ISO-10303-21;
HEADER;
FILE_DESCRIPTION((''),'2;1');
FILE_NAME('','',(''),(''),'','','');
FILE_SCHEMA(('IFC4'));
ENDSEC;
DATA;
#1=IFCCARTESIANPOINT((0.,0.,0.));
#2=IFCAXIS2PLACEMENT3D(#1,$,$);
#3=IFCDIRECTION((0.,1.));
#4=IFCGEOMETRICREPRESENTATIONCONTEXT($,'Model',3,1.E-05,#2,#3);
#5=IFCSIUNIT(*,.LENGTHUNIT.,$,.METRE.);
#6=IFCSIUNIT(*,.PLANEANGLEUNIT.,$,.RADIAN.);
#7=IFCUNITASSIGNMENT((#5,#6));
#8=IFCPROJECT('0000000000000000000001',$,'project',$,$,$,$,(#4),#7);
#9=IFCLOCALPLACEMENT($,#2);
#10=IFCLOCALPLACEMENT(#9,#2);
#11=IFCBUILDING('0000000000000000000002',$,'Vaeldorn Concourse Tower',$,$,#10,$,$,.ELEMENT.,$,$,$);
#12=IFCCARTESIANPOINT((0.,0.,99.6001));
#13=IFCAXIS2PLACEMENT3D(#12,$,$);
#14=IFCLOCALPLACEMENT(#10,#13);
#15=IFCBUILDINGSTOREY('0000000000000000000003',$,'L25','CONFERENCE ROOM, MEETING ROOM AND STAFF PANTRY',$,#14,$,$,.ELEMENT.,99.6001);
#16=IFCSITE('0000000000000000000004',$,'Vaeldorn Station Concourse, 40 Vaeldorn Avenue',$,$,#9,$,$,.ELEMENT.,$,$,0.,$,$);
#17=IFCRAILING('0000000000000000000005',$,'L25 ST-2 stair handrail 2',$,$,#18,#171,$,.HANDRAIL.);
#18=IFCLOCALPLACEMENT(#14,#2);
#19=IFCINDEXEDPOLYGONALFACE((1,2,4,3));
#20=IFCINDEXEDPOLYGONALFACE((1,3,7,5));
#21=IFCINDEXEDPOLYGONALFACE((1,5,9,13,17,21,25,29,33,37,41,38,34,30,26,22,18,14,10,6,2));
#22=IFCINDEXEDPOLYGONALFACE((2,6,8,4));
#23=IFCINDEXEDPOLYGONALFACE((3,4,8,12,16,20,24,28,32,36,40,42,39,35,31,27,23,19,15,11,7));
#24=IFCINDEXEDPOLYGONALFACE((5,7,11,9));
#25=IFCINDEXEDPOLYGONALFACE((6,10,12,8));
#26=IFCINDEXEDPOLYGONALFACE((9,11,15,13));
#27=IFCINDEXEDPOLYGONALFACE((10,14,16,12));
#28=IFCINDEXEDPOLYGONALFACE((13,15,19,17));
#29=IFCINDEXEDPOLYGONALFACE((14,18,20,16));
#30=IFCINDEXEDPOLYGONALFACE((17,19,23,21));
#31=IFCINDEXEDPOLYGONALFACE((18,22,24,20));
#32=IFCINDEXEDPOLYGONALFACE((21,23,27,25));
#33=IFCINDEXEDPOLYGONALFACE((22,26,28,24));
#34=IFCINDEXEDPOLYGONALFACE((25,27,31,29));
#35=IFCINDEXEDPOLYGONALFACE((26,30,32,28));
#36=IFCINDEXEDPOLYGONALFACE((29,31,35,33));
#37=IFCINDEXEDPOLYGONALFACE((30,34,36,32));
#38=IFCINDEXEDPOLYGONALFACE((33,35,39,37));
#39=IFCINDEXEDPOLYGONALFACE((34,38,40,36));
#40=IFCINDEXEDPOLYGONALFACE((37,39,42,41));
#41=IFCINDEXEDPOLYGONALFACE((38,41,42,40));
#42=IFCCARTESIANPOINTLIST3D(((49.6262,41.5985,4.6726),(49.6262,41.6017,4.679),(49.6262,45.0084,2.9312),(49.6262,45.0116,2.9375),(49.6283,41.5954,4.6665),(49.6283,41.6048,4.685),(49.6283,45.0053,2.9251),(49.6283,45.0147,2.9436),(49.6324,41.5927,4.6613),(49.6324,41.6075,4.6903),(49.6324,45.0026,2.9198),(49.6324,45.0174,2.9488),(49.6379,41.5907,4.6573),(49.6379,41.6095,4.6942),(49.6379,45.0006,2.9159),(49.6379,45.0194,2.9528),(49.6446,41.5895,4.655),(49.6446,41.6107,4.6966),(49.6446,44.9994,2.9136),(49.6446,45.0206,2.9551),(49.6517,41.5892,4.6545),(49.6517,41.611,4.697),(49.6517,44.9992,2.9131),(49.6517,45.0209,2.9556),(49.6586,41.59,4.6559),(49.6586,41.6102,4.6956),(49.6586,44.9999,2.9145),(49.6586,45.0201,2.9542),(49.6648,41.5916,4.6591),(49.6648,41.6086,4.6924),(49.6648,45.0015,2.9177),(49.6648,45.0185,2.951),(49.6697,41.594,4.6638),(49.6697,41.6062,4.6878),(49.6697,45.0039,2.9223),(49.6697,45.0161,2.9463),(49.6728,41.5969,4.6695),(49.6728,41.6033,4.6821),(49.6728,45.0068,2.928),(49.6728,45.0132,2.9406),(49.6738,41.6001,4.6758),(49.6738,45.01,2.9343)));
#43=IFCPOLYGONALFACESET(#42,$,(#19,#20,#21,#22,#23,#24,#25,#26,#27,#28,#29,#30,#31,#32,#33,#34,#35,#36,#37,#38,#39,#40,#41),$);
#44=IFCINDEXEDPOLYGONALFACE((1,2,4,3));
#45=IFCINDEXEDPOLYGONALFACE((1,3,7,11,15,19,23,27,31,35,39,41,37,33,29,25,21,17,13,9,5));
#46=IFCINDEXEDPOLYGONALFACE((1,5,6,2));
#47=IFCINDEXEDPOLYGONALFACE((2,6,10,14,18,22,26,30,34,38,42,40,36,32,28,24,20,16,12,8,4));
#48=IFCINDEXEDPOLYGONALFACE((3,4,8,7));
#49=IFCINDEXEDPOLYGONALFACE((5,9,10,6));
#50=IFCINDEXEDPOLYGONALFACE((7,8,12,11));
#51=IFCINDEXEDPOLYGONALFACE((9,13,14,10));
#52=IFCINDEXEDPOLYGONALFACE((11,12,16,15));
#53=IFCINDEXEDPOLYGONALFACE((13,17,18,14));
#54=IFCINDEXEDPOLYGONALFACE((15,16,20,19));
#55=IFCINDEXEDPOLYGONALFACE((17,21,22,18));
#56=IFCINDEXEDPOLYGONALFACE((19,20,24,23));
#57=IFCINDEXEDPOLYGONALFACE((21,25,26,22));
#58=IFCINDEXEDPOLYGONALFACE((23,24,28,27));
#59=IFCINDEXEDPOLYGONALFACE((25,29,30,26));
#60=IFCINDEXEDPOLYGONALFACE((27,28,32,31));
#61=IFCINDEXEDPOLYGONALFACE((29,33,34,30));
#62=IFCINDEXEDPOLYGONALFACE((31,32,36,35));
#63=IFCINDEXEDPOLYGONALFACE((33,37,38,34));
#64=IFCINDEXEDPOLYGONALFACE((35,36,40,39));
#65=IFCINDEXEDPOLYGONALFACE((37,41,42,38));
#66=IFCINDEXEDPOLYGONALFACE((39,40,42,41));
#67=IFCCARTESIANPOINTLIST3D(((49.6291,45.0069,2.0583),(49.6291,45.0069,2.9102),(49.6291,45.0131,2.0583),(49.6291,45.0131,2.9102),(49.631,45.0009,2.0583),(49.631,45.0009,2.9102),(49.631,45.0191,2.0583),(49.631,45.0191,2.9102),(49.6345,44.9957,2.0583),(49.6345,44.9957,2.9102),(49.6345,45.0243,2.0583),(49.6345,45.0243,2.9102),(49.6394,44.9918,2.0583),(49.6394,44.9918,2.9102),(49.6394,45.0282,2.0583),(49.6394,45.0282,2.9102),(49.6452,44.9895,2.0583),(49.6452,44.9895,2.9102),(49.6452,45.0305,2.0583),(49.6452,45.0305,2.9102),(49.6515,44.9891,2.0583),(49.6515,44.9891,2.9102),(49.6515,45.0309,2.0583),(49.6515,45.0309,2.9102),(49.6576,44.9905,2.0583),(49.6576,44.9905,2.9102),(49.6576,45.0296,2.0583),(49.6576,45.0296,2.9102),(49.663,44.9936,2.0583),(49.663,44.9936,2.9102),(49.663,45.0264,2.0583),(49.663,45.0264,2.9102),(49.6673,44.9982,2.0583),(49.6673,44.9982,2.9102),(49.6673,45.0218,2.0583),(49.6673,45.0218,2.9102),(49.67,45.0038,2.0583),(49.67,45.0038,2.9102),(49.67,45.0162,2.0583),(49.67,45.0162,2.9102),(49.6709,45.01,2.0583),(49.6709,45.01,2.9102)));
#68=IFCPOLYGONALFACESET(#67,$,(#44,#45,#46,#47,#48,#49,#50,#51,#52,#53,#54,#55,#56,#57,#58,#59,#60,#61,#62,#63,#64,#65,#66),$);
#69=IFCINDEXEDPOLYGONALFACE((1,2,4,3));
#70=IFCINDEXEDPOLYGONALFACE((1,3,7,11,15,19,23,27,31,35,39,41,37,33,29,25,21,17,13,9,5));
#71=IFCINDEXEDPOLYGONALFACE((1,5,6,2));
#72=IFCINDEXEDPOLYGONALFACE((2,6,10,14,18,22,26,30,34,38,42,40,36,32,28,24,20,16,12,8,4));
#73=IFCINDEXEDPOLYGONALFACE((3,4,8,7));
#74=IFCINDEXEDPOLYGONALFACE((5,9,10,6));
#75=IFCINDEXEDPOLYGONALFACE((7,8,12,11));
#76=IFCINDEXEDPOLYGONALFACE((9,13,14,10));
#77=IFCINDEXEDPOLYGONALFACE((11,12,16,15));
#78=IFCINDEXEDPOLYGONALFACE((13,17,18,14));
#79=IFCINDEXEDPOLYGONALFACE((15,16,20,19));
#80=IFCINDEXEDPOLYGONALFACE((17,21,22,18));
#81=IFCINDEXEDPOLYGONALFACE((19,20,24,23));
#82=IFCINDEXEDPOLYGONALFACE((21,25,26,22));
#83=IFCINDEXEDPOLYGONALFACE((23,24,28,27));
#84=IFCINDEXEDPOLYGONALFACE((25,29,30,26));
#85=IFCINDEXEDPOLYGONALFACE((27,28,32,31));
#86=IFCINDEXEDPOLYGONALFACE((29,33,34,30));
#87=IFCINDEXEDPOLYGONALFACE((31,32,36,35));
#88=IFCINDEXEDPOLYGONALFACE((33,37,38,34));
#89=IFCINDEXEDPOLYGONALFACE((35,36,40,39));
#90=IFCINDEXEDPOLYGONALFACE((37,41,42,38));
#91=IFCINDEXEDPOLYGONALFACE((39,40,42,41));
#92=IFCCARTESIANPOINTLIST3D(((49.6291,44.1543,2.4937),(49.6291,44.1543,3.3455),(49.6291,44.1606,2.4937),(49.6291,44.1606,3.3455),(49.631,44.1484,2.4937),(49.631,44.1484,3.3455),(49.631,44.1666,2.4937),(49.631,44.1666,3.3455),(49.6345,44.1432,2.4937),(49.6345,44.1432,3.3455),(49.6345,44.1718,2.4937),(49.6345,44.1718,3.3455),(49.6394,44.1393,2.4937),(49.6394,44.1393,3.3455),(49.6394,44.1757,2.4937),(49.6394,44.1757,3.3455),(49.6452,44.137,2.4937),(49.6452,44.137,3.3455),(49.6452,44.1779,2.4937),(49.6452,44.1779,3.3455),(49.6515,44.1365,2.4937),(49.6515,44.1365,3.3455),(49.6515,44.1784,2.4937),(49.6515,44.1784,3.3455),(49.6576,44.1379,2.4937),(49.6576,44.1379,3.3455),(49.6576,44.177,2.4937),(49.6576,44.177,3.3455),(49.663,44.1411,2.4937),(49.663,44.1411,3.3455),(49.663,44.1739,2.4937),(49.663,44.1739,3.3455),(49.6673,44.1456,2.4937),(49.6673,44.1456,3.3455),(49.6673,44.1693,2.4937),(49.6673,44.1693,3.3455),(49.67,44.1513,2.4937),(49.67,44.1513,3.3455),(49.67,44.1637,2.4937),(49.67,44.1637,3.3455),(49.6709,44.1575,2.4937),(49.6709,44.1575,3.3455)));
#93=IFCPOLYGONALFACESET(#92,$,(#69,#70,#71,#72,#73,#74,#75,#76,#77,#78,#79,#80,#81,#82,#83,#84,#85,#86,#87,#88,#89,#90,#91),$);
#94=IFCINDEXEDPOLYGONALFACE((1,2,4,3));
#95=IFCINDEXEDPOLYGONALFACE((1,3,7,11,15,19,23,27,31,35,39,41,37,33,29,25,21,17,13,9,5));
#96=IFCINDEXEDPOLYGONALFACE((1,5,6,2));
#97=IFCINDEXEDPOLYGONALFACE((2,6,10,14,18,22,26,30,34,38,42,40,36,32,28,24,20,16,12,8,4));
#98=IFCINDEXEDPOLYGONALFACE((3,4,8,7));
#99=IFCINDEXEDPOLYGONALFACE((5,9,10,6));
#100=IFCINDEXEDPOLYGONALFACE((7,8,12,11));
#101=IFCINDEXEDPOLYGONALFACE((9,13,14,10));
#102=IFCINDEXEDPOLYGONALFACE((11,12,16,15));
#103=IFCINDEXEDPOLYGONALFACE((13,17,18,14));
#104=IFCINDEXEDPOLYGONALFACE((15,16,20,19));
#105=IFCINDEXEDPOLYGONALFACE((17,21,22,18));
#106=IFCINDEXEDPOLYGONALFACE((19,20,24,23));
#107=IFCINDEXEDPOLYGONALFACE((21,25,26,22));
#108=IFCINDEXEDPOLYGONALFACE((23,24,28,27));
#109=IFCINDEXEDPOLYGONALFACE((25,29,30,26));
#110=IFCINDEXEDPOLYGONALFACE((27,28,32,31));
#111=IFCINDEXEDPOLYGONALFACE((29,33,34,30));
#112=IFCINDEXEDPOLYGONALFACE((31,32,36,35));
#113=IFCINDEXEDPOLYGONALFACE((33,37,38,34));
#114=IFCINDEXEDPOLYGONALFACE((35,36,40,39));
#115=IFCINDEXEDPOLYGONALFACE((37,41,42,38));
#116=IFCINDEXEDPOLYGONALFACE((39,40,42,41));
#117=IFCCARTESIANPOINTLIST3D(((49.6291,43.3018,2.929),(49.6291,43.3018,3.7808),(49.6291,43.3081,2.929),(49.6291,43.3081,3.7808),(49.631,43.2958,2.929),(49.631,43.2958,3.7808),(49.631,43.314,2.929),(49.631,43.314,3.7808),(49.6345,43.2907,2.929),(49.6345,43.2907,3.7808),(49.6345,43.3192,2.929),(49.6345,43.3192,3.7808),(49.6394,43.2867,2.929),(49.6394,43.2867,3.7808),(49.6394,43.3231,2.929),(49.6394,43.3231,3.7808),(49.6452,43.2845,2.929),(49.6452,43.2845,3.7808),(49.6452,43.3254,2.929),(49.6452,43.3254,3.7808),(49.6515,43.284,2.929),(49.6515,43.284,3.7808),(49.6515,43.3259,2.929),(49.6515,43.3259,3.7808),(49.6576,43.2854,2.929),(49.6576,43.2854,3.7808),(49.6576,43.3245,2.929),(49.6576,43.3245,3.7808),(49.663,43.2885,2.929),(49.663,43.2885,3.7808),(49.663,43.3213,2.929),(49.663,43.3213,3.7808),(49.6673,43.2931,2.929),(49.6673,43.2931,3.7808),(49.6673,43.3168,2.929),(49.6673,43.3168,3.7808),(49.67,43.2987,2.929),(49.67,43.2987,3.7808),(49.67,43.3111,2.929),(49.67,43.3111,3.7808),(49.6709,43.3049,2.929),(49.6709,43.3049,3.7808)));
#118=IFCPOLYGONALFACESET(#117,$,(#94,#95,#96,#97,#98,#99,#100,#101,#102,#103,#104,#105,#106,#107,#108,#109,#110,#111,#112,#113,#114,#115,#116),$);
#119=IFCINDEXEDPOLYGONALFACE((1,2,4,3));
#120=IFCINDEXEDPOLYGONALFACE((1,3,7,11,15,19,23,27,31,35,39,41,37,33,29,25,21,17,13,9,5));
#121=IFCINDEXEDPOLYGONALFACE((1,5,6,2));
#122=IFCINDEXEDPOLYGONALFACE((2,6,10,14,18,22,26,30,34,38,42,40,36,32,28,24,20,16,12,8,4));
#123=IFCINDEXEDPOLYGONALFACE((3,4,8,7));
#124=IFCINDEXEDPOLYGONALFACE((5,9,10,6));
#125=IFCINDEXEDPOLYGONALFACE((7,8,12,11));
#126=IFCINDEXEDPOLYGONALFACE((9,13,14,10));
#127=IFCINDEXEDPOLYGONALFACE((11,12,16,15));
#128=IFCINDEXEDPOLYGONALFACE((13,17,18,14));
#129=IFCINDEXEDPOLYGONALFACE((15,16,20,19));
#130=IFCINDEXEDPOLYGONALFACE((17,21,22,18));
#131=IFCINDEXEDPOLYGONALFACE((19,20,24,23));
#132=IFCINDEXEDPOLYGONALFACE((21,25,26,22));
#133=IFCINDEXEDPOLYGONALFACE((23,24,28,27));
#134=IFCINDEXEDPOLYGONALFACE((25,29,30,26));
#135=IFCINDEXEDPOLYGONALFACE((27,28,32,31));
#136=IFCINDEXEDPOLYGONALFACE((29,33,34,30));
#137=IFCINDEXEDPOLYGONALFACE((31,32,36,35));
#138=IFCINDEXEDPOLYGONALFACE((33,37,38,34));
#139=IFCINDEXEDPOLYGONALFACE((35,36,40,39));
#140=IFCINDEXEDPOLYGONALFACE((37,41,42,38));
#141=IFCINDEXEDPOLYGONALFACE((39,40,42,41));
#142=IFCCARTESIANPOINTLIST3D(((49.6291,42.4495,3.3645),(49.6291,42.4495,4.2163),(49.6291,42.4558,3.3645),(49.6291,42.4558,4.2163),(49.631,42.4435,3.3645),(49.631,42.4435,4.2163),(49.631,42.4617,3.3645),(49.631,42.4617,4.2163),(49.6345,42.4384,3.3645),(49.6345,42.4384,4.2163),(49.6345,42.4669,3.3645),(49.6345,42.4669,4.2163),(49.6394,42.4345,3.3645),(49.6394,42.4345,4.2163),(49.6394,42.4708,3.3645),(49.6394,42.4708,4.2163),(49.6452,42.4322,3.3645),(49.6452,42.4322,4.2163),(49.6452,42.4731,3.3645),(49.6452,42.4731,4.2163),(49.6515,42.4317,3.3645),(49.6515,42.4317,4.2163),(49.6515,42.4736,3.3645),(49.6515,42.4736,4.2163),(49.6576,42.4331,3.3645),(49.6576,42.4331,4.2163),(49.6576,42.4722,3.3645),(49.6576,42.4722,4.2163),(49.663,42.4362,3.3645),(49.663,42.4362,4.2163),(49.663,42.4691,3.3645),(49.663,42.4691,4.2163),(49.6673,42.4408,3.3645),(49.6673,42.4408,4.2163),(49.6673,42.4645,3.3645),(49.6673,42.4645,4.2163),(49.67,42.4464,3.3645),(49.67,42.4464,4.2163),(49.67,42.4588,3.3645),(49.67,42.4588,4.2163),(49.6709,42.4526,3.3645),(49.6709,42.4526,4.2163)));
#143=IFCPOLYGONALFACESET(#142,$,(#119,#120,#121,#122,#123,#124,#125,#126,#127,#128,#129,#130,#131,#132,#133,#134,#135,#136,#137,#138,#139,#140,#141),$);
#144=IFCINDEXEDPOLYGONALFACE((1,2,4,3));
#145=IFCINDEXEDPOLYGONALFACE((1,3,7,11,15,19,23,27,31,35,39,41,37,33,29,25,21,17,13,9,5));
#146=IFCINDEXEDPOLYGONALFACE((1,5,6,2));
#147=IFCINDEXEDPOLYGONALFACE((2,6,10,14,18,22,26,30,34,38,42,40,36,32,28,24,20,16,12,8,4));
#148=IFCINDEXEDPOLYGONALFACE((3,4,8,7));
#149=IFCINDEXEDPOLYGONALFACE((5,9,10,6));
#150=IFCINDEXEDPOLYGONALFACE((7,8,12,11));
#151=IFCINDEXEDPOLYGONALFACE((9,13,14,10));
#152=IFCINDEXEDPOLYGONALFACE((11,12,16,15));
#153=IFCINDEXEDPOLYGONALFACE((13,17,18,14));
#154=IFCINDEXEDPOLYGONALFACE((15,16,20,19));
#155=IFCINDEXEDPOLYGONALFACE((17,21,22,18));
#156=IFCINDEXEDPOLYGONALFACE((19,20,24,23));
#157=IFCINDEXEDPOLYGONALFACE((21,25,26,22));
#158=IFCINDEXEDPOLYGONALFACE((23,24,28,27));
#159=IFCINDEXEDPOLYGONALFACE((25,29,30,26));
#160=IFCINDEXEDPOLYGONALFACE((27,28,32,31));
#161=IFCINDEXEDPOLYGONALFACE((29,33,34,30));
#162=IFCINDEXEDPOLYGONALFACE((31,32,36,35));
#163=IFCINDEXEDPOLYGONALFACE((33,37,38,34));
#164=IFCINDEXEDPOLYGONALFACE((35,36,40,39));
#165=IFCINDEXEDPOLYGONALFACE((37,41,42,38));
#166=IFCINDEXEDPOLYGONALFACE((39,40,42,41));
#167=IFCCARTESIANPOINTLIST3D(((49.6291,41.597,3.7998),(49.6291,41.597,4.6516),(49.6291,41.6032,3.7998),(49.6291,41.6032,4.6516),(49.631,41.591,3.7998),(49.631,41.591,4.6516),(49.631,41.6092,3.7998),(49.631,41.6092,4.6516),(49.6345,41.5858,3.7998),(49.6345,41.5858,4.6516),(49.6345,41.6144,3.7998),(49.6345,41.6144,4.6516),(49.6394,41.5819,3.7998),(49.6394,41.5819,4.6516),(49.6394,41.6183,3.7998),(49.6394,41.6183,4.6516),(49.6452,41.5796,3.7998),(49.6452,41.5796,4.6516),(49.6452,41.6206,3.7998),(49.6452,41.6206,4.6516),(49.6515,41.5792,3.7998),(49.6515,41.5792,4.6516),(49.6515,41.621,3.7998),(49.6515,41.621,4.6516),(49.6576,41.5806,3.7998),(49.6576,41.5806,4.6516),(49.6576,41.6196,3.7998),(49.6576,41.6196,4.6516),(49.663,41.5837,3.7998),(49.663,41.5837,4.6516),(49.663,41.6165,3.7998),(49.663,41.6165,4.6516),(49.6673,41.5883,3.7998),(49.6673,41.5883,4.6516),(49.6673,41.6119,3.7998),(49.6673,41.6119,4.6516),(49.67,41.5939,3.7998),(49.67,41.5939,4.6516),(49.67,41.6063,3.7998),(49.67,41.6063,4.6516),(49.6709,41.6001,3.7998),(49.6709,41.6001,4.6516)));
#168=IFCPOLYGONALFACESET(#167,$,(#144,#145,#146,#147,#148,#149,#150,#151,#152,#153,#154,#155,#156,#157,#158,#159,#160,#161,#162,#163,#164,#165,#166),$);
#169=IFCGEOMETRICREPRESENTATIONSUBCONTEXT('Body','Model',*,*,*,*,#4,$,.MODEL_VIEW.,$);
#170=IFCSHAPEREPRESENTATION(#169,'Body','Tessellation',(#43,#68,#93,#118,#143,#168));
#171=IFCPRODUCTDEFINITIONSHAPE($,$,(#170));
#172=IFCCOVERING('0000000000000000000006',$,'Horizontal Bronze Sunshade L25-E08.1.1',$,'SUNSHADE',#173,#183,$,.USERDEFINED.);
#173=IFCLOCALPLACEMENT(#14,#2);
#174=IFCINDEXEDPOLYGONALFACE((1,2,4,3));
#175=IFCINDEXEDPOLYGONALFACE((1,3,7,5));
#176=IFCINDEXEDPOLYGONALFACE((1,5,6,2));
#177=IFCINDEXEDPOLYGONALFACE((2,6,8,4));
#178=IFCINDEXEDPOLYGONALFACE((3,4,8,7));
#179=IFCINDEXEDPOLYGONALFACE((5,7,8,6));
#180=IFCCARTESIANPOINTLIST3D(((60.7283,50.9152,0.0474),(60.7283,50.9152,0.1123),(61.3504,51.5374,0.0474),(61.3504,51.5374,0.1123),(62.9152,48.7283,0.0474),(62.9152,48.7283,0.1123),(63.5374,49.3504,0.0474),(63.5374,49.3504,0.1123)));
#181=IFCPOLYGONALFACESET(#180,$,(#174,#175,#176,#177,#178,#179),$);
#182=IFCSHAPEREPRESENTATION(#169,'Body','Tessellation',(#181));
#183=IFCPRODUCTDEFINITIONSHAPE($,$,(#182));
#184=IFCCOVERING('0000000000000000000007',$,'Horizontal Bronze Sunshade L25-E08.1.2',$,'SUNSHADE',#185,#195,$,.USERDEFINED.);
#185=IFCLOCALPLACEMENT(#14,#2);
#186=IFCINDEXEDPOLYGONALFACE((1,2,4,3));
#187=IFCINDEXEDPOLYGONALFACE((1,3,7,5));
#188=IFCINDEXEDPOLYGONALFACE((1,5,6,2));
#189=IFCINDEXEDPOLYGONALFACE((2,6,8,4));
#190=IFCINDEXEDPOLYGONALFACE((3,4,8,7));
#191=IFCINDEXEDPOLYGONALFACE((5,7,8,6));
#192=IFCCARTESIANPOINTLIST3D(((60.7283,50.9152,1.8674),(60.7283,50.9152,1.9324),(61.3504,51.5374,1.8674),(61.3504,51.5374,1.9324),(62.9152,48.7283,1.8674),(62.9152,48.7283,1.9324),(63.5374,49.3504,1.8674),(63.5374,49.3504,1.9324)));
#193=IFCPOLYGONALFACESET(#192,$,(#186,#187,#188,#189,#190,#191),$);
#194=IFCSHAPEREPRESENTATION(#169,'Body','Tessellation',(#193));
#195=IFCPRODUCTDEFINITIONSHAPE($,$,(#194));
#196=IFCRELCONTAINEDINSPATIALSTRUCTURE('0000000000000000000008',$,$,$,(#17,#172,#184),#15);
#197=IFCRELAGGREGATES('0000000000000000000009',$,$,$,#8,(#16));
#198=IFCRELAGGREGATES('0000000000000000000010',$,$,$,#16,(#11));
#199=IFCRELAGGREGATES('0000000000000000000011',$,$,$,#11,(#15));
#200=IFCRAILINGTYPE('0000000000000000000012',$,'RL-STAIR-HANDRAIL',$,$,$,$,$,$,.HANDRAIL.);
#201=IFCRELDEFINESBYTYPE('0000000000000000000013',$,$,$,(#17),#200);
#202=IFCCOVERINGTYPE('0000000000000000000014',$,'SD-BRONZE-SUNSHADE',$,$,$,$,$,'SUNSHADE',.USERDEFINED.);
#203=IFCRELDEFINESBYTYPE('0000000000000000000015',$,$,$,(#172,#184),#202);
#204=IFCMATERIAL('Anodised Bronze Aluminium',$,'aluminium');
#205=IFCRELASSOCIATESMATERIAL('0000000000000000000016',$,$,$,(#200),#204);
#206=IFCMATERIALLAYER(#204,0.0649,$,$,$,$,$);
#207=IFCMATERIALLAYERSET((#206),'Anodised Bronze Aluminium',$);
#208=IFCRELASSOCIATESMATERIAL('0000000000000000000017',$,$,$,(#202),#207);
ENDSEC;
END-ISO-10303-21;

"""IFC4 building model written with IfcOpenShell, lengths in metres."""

from ifc_helpers import new_model, si_unit, direction, frame, origin, origin_2d, place, context, subcontext, project, spatial, rectangle, circle, extrude, source, transform, mapped, material, layer, layer_set, type_object, element, save


model = new_model("IFC4")

# Units and contexts
model_context = context("Model", 3, precision=1e-05, world=origin(), true_north=direction((0.0, 1.0)))
body_context = subcontext(model_context, "Body", "Model", "MODEL_VIEW")
ifc_project = project(units=[si_unit("LENGTHUNIT", "METRE"), si_unit("PLANEANGLEUNIT", "RADIAN")], contexts=[model_context])

# Site, building, storey
site_placement = place(None, origin())
site = spatial("IfcSite", under=ifc_project, at=site_placement, Name="Vaeldorn Station Concourse, 40 Vaeldorn Avenue", CompositionType="ELEMENT", RefElevation=0.0)
building_placement = place(site_placement, origin())
building = spatial("IfcBuilding", under=site, at=building_placement, Name="Vaeldorn Concourse Tower", CompositionType="ELEMENT")
storey_placement = place(building_placement, frame((0.0, 0.0, 99.6001)))
storey = spatial("IfcBuildingStorey", under=building, at=storey_placement, Name="L25", Description="CONFERENCE ROOM, MEETING ROOM AND STAFF PANTRY", CompositionType="ELEMENT", Elevation=99.6001)

# Shared definitions
ifc_material_1 = material(Name="Anodised Bronze Aluminium", Category="aluminium")

# Railing
railing_type_1 = type_object("IfcRailingType", Name="RL-STAIR-HANDRAIL", PredefinedType="HANDRAIL", material=ifc_material_1)
railing_1_placement = place(storey_placement, frame((49.6499, 45.01, 2.0583)))
element("IfcRailing", 1, at=railing_1_placement, inside=storey, type_object=railing_type_1, Name="L25 ST-2 stair handrail 2", PredefinedType="HANDRAIL", context=body_context, shape_type="SweptSolid", body=[
    extrude(circle(Radius=0.0239, at=origin_2d()), frame((0.0, 0.0, 0.876), z_axis=(0.0, -0.890582, 0.454823), x_axis=(1.0, 0.0, 0.0)), (0.0, 0.0, 1.0), 3.8289),
    extrude(circle(Radius=0.021, at=origin_2d()), origin(), (0.0, 0.0, 1.0), 0.8518),
    extrude(circle(Radius=0.021, at=origin_2d()), frame((0.0, -0.8525, 0.4353)), (0.0, 0.0, 1.0), 0.8518),
    extrude(circle(Radius=0.021, at=origin_2d()), frame((0.0, -1.7051, 0.8706)), (0.0, 0.0, 1.0), 0.8518),
    extrude(circle(Radius=0.021, at=origin_2d()), frame((0.0, -2.5574, 1.3062)), (0.0, 0.0, 1.0), 0.8518),
    extrude(circle(Radius=0.021, at=origin_2d()), frame((0.0, -3.4099, 1.7415)), (0.0, 0.0, 1.0), 0.8518),
])

# Coverings
ifc_layer_1 = layer(ifc_material_1, 0.0649)
ifc_layer_set_1 = layer_set([ifc_layer_1], Name="Anodised Bronze Aluminium")
covering_type = type_object("IfcCoveringType", Name="SD-BRONZE-SUNSHADE", ElementType="SUNSHADE", PredefinedType="USERDEFINED", material=ifc_layer_set_1)
shared_shape_1 = source(origin(), body_context, "Body", "SweptSolid", [
    extrude(rectangle(XDim=3.0928, YDim=0.8799, at=origin_2d()), origin(), (0.0, 0.0, 1.0), 0.0649),
])
for number, where, z_axis, x_axis, name in (
    (2, (62.1328, 50.1328, 0.0474), (0.0, 0.0, 1.0), (-0.707107, 0.707107, 0.0), "Horizontal Bronze Sunshade L25-E08.1.1"),
    (3, (62.1328, 50.1328, 1.8674), (0.0, 0.0, 1.0), (-0.707107, 0.707107, 0.0), "Horizontal Bronze Sunshade L25-E08.1.2"),
):
    element("IfcCovering", number, at=place(storey_placement, frame(where, z_axis=z_axis, x_axis=x_axis)), inside=storey, type_object=covering_type, Name=name, ObjectType="SUNSHADE", PredefinedType="USERDEFINED", context=body_context, shape_type="MappedRepresentation", body=[
        mapped(shared_shape_1, transform((0.0, 0.0, 0.0), scale=1.0)),
    ])

save(model, "model.ifc")
